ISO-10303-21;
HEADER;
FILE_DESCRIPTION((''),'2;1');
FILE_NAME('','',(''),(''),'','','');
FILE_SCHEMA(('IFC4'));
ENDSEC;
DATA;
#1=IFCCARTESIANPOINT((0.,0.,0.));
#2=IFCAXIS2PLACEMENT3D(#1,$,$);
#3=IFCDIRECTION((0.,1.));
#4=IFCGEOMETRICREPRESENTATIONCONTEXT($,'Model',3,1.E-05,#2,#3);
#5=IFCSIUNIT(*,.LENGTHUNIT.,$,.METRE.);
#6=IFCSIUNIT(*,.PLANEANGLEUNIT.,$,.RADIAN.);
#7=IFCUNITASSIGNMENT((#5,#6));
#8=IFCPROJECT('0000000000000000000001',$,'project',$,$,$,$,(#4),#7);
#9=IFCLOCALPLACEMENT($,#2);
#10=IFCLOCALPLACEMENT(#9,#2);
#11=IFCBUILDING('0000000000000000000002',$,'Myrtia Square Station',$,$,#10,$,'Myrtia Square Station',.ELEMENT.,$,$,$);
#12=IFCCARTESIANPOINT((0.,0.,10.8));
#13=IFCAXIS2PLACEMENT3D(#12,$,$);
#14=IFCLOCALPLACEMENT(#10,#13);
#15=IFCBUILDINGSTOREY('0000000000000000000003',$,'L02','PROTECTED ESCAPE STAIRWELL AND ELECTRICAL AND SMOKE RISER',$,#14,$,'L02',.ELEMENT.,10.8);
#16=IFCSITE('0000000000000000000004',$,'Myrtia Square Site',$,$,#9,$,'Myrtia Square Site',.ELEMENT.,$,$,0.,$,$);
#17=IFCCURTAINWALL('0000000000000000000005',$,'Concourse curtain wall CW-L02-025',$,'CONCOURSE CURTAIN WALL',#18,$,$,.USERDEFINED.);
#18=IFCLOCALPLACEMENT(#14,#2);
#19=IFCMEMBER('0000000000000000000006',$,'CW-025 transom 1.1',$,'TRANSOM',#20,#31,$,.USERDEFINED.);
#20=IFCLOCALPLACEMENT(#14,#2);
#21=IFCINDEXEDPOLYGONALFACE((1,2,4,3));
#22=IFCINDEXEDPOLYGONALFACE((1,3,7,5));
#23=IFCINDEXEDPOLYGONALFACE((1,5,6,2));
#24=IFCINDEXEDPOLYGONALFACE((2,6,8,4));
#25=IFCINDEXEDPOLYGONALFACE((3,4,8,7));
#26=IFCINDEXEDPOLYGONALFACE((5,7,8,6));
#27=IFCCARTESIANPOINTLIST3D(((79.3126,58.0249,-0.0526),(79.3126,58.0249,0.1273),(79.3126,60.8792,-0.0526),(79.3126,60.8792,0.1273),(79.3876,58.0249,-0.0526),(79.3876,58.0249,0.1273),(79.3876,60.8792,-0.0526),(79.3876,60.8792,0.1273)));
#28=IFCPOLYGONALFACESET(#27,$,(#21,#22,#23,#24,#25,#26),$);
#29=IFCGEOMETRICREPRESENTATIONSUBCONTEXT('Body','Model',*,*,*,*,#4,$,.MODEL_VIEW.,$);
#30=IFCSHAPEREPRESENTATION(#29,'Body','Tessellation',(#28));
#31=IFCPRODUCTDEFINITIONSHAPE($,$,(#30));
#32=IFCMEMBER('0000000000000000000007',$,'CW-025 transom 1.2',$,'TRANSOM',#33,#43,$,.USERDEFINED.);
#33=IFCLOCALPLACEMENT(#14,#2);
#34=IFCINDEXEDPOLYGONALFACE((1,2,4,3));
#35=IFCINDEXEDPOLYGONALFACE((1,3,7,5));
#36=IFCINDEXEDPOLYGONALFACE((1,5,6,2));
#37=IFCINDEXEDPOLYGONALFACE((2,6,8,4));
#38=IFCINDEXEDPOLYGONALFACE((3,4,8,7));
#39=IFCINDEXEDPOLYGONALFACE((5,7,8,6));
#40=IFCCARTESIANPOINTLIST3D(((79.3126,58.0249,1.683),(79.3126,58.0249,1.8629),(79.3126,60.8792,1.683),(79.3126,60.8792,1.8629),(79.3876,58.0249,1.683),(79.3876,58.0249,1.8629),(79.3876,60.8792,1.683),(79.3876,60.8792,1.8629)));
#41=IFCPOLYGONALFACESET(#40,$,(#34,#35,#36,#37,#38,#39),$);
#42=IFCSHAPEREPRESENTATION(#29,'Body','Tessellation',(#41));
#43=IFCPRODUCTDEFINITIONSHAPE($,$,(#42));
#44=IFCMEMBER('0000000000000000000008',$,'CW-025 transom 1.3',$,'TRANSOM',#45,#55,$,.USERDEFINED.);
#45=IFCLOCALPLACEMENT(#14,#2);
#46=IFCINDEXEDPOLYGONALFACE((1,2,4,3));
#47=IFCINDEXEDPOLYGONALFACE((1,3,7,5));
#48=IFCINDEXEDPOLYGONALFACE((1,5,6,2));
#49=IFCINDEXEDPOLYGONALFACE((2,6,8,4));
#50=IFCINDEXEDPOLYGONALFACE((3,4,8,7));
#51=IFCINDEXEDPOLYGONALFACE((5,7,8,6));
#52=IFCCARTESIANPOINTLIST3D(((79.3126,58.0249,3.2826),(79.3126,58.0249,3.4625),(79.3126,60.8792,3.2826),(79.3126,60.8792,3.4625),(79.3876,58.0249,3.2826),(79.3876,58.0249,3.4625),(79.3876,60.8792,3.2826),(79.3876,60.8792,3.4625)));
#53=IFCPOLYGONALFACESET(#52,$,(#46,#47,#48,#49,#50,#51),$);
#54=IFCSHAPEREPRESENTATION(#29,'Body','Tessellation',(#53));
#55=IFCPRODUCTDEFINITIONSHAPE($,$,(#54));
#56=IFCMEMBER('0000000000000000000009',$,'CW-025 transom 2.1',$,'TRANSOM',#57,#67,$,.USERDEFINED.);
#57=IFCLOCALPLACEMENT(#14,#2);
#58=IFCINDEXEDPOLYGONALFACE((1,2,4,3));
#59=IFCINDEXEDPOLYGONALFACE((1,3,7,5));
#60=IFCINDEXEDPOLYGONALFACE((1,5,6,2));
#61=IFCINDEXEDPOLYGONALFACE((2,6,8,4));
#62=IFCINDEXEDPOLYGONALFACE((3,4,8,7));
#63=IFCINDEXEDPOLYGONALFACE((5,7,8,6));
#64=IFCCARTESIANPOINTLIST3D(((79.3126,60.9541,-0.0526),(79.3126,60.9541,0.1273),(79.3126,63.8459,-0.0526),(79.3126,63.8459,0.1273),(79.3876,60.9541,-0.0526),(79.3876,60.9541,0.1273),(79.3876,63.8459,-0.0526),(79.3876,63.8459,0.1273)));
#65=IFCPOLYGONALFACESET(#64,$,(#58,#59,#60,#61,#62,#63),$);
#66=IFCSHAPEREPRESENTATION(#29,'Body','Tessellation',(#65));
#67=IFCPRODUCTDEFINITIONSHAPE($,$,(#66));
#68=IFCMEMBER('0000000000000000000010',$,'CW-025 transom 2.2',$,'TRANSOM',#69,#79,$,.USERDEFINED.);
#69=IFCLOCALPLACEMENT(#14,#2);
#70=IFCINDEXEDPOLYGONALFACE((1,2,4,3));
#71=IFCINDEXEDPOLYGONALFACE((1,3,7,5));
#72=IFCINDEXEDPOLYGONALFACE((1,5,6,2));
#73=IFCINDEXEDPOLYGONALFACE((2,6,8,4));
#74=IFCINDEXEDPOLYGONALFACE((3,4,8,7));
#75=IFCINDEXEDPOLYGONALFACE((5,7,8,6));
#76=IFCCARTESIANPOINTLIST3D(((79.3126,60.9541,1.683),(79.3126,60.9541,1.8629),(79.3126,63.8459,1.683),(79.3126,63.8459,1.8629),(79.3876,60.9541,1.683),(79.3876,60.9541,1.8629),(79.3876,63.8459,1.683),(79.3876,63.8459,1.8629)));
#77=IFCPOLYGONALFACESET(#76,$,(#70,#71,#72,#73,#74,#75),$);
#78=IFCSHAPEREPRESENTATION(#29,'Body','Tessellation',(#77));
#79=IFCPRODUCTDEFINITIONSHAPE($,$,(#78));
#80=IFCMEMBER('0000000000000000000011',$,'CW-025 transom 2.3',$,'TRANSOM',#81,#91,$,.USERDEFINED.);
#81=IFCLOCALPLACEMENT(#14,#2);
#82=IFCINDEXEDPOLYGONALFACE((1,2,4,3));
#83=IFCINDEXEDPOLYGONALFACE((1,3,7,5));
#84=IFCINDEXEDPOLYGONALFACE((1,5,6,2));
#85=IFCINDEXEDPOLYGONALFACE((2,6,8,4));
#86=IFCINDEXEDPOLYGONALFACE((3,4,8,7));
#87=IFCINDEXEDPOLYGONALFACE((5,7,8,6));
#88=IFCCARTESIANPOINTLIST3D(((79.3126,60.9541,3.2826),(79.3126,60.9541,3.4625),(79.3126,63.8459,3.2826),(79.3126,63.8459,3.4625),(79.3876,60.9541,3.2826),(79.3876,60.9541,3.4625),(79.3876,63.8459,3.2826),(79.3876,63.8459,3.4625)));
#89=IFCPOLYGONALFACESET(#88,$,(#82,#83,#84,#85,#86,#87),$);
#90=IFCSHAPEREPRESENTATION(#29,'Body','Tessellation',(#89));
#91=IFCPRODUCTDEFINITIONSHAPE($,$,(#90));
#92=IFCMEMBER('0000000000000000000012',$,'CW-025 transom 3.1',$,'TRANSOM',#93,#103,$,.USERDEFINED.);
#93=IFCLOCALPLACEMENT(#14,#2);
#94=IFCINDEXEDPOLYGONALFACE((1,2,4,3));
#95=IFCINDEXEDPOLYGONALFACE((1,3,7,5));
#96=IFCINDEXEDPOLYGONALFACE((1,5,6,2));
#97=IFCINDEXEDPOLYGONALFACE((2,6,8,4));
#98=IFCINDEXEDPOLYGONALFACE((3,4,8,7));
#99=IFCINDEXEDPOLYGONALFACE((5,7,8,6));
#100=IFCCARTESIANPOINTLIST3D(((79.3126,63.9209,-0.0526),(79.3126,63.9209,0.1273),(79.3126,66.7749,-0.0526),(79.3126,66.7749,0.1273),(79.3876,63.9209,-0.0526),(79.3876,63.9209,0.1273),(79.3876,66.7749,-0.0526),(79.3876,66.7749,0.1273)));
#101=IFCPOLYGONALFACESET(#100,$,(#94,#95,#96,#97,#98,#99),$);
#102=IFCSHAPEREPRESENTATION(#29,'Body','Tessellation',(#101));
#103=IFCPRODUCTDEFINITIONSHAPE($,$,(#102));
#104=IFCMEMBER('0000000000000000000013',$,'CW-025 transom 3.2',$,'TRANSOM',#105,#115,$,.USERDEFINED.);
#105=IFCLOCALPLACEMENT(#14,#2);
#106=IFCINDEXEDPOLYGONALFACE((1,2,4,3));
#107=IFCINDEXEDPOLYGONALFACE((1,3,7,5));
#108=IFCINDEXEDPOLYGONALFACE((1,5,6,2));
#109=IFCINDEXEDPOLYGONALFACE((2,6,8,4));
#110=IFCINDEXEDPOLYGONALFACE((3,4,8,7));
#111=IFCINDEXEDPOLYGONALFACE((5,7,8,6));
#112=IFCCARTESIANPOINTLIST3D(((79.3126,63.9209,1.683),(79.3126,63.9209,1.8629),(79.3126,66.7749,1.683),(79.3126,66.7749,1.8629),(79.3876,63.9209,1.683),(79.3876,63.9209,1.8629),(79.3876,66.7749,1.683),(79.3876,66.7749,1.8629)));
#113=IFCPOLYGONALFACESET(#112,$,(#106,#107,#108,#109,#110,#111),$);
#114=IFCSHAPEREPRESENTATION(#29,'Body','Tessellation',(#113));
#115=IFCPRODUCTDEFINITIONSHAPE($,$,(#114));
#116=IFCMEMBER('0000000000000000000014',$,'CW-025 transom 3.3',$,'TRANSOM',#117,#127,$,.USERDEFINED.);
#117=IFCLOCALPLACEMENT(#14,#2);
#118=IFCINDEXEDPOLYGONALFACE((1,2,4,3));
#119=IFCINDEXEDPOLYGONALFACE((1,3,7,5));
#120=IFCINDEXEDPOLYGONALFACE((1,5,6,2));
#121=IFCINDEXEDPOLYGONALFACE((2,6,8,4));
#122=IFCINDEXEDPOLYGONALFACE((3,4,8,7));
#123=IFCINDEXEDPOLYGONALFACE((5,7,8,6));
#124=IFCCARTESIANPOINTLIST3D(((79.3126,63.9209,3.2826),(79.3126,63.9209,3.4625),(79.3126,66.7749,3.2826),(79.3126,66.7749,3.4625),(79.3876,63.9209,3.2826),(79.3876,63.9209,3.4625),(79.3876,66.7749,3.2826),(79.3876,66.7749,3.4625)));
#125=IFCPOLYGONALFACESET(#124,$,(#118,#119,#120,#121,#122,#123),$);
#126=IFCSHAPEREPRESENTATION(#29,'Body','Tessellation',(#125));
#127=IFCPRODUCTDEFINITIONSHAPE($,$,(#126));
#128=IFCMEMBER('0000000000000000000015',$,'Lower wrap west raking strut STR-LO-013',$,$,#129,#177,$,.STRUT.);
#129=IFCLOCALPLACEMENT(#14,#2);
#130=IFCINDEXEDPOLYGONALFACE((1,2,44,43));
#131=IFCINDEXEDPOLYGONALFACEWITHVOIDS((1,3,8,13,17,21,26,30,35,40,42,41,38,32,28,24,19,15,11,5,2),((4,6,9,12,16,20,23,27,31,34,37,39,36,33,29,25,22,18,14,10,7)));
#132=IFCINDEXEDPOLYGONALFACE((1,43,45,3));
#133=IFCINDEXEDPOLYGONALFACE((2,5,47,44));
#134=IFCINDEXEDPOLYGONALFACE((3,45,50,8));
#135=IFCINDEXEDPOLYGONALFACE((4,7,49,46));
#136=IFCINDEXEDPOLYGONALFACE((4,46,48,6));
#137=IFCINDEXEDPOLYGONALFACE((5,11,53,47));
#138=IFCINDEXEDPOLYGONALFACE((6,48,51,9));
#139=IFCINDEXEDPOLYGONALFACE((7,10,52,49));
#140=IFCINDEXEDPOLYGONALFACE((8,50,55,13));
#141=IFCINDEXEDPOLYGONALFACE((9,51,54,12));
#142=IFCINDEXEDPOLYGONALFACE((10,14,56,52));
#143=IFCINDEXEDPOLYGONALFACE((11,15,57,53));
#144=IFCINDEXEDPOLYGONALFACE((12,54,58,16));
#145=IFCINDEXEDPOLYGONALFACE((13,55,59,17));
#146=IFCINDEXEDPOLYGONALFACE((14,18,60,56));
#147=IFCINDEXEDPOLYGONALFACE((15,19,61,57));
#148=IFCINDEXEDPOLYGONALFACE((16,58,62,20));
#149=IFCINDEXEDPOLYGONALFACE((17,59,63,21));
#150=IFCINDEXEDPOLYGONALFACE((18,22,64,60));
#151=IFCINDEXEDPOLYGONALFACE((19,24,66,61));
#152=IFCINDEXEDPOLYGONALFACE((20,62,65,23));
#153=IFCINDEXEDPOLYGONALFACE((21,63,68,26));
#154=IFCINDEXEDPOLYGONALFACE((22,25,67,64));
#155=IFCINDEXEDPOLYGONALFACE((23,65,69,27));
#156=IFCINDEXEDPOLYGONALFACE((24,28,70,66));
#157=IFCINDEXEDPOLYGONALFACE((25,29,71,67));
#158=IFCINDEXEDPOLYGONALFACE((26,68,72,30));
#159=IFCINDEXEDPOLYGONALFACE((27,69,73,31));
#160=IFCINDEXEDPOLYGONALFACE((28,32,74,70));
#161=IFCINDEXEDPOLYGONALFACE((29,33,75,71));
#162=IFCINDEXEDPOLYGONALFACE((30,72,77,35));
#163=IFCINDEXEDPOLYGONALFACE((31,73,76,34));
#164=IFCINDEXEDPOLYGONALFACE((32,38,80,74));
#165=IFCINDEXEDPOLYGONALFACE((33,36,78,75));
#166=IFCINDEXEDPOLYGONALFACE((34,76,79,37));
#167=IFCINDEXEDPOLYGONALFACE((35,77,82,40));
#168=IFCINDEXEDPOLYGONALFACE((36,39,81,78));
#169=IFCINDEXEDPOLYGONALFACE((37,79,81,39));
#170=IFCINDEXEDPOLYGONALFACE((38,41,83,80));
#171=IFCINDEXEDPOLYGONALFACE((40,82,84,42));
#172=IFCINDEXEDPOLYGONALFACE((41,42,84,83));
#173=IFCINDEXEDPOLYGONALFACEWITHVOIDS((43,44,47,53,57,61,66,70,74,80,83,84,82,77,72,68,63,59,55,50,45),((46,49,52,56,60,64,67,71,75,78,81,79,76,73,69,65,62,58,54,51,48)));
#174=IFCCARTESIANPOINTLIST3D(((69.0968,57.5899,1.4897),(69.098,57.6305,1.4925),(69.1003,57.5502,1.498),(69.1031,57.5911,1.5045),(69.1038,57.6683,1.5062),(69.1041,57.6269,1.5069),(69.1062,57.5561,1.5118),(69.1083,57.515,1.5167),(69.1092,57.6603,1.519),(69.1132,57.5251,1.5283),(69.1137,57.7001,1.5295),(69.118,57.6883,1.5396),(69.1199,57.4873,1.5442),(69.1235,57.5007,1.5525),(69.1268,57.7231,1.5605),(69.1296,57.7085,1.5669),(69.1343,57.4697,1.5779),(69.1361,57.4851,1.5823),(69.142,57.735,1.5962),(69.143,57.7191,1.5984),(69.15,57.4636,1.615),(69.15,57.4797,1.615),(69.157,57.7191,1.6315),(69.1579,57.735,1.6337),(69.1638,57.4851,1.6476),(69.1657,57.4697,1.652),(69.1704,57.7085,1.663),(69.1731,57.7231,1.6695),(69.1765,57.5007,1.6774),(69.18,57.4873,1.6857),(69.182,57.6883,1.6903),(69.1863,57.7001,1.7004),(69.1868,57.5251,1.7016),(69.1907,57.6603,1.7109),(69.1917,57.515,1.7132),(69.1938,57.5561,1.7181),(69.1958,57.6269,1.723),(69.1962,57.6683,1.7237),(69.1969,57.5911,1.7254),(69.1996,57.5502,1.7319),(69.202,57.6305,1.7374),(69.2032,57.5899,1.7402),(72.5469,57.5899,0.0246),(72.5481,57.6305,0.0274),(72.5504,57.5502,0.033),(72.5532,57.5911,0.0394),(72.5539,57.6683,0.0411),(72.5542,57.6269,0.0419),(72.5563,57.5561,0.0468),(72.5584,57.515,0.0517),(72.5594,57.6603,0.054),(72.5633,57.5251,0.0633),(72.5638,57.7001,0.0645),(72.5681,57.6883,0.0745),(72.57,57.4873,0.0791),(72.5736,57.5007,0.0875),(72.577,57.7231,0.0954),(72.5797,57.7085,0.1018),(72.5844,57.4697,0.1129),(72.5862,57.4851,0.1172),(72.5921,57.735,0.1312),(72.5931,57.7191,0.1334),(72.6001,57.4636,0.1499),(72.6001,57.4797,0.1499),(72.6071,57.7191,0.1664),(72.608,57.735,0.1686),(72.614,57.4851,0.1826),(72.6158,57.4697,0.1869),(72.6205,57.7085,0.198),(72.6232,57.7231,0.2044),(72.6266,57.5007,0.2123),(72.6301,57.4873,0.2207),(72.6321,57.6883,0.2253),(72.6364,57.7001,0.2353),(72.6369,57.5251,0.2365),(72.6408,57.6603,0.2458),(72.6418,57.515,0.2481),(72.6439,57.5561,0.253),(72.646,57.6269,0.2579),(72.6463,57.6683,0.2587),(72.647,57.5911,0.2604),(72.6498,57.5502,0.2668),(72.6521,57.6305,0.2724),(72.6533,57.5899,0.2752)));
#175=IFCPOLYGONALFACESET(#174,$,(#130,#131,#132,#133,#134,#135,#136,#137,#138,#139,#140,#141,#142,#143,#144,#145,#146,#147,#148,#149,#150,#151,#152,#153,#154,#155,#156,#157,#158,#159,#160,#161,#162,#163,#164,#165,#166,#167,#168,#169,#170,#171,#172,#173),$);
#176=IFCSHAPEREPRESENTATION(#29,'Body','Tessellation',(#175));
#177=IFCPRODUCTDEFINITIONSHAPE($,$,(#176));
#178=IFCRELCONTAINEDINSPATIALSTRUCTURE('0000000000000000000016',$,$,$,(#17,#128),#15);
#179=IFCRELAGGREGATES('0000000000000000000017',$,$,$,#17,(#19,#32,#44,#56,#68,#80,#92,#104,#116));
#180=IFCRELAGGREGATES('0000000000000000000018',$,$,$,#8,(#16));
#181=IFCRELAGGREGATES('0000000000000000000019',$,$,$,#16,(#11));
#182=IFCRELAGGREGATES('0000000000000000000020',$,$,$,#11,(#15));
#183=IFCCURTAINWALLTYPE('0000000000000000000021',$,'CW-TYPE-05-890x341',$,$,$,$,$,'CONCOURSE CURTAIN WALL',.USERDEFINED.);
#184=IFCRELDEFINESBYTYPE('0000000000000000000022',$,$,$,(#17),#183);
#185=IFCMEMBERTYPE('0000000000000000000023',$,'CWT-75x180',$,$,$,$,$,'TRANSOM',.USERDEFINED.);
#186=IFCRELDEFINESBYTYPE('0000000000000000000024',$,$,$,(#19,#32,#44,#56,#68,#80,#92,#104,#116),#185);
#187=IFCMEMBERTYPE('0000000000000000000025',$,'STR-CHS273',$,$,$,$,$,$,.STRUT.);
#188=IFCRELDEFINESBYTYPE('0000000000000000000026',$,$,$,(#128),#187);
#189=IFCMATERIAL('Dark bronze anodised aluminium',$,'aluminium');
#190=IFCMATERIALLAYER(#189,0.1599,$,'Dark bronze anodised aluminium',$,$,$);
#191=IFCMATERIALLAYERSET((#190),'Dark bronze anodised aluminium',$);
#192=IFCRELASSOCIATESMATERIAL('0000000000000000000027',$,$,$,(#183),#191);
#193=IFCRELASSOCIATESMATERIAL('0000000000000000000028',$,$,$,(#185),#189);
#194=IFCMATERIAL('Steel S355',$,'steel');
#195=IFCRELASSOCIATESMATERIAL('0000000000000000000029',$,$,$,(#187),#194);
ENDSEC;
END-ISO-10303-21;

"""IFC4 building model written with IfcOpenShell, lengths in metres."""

from ifc_helpers import new_model, si_unit, direction, frame, origin, origin_2d, place, context, subcontext, project, spatial, rectangle, hollow_circle, extrude, material, layer, layer_set, material_profile, profile_set, type_object, element, aggregate, save


model = new_model("IFC4")

# Units and contexts
model_context = context("Model", 3, precision=1e-05, world=origin(), true_north=direction((0.0, 1.0)))
body_context = subcontext(model_context, "Body", "Model", "MODEL_VIEW")
ifc_project = project(units=[si_unit("LENGTHUNIT", "METRE"), si_unit("PLANEANGLEUNIT", "RADIAN")], contexts=[model_context])

# Site, building, storey
site_placement = place(None, origin())
site = spatial("IfcSite", under=ifc_project, at=site_placement, Name="Myrtia Square Site", LongName="Myrtia Square Site", CompositionType="ELEMENT", RefElevation=0.0)
building_placement = place(site_placement, origin())
building = spatial("IfcBuilding", under=site, at=building_placement, Name="Myrtia Square Station", LongName="Myrtia Square Station", CompositionType="ELEMENT")
storey_placement = place(building_placement, frame((0.0, 0.0, 10.8)))
storey = spatial("IfcBuildingStorey", under=building, at=storey_placement, Name="L02", Description="PROTECTED ESCAPE STAIRWELL AND ELECTRICAL AND SMOKE RISER", LongName="L02", CompositionType="ELEMENT", Elevation=10.8)

# Shared definitions
ifc_material_1 = material(Name="Steel S355", Category="steel")

# Curtain wall, members
ifc_material_2 = material(Name="Dark bronze anodised aluminium", Category="aluminium")
ifc_layer_1 = layer(ifc_material_2, 0.1599, Name="Dark bronze anodised aluminium")
ifc_layer_set_1 = layer_set([ifc_layer_1], Name="Dark bronze anodised aluminium")
curtain_wall_type = type_object("IfcCurtainWallType", Name="CW-TYPE-05-890x341", ElementType="CONCOURSE CURTAIN WALL", PredefinedType="USERDEFINED", material=ifc_layer_set_1)
curtain_wall_placement = place(storey_placement, origin())
curtain_wall = element("IfcCurtainWall", 1, at=curtain_wall_placement, inside=storey, type_object=curtain_wall_type, Name="Concourse curtain wall CW-L02-025", ObjectType="CONCOURSE CURTAIN WALL", PredefinedType="USERDEFINED")
ifc_material_profile_1 = material_profile(ifc_material_2, rectangle(XDim=0.075, YDim=0.1799, at=origin_2d()), Name="ALU-T 75x180")
ifc_profile_set_1 = profile_set([ifc_material_profile_1], Name="Dark bronze anodised aluminium")
member_type_1 = type_object("IfcMemberType", Name="CWT-75x180", ElementType="TRANSOM", PredefinedType="USERDEFINED", material=ifc_profile_set_1)
member_1_placement = place(storey_placement, frame((79.3501, 58.0249, 0.0374), z_axis=(0.0, 1.0, 0.0), x_axis=(-1.0, 0.0, 0.0)))
member_1 = element("IfcMember", 2, at=member_1_placement, type_object=member_type_1, Name="CW-025 transom 1.1", ObjectType="TRANSOM", PredefinedType="USERDEFINED", context=body_context, shape_type="SweptSolid", body=[
    extrude(rectangle(XDim=0.075, YDim=0.1799, at=origin_2d()), origin(), (0.0, 0.0, 1.0), 2.8542),
])
member_2_placement = place(storey_placement, frame((79.3501, 58.0249, 1.7729), z_axis=(0.0, 1.0, 0.0), x_axis=(-1.0, 0.0, 0.0)))
member_2 = element("IfcMember", 3, at=member_2_placement, type_object=member_type_1, Name="CW-025 transom 1.2", ObjectType="TRANSOM", PredefinedType="USERDEFINED", context=body_context, shape_type="SweptSolid", body=[
    extrude(rectangle(XDim=0.075, YDim=0.1799, at=origin_2d()), origin(), (0.0, 0.0, 1.0), 2.8542),
])
member_3_placement = place(storey_placement, frame((79.3501, 58.0249, 3.3726), z_axis=(0.0, 1.0, 0.0), x_axis=(-1.0, 0.0, 0.0)))
member_3 = element("IfcMember", 4, at=member_3_placement, type_object=member_type_1, Name="CW-025 transom 1.3", ObjectType="TRANSOM", PredefinedType="USERDEFINED", context=body_context, shape_type="SweptSolid", body=[
    extrude(rectangle(XDim=0.075, YDim=0.1799, at=origin_2d()), origin(), (0.0, 0.0, 1.0), 2.8542),
])
member_4_placement = place(storey_placement, frame((79.3501, 60.9541, 0.0374), z_axis=(0.0, 1.0, 0.0), x_axis=(-1.0, 0.0, 0.0)))
member_4 = element("IfcMember", 5, at=member_4_placement, type_object=member_type_1, Name="CW-025 transom 2.1", ObjectType="TRANSOM", PredefinedType="USERDEFINED", context=body_context, shape_type="SweptSolid", body=[
    extrude(rectangle(XDim=0.075, YDim=0.1799, at=origin_2d()), origin(), (0.0, 0.0, 1.0), 2.8918),
])
member_5_placement = place(storey_placement, frame((79.3501, 60.9541, 1.7729), z_axis=(0.0, 1.0, 0.0), x_axis=(-1.0, 0.0, 0.0)))
member_5 = element("IfcMember", 6, at=member_5_placement, type_object=member_type_1, Name="CW-025 transom 2.2", ObjectType="TRANSOM", PredefinedType="USERDEFINED", context=body_context, shape_type="SweptSolid", body=[
    extrude(rectangle(XDim=0.075, YDim=0.1799, at=origin_2d()), origin(), (0.0, 0.0, 1.0), 2.8918),
])
member_6_placement = place(storey_placement, frame((79.3501, 60.9541, 3.3726), z_axis=(0.0, 1.0, 0.0), x_axis=(-1.0, 0.0, 0.0)))
member_6 = element("IfcMember", 7, at=member_6_placement, type_object=member_type_1, Name="CW-025 transom 2.3", ObjectType="TRANSOM", PredefinedType="USERDEFINED", context=body_context, shape_type="SweptSolid", body=[
    extrude(rectangle(XDim=0.075, YDim=0.1799, at=origin_2d()), origin(), (0.0, 0.0, 1.0), 2.8918),
])
member_7_placement = place(storey_placement, frame((79.3501, 63.9209, 0.0374), z_axis=(0.0, 1.0, 0.0), x_axis=(-1.0, 0.0, 0.0)))
member_7 = element("IfcMember", 8, at=member_7_placement, type_object=member_type_1, Name="CW-025 transom 3.1", ObjectType="TRANSOM", PredefinedType="USERDEFINED", context=body_context, shape_type="SweptSolid", body=[
    extrude(rectangle(XDim=0.075, YDim=0.1799, at=origin_2d()), origin(), (0.0, 0.0, 1.0), 2.854),
])
member_8_placement = place(storey_placement, frame((79.3501, 63.9209, 1.7729), z_axis=(0.0, 1.0, 0.0), x_axis=(-1.0, 0.0, 0.0)))
member_8 = element("IfcMember", 9, at=member_8_placement, type_object=member_type_1, Name="CW-025 transom 3.2", ObjectType="TRANSOM", PredefinedType="USERDEFINED", context=body_context, shape_type="SweptSolid", body=[
    extrude(rectangle(XDim=0.075, YDim=0.1799, at=origin_2d()), origin(), (0.0, 0.0, 1.0), 2.854),
])
member_9_placement = place(storey_placement, frame((79.3501, 63.9209, 3.3726), z_axis=(0.0, 1.0, 0.0), x_axis=(-1.0, 0.0, 0.0)))
member_9 = element("IfcMember", 10, at=member_9_placement, type_object=member_type_1, Name="CW-025 transom 3.3", ObjectType="TRANSOM", PredefinedType="USERDEFINED", context=body_context, shape_type="SweptSolid", body=[
    extrude(rectangle(XDim=0.075, YDim=0.1799, at=origin_2d()), origin(), (0.0, 0.0, 1.0), 2.854),
])

# Member
ifc_material_profile_2 = material_profile(ifc_material_1, hollow_circle(Radius=0.1365, WallThickness=0.0161, at=origin_2d()), Name="CHS 273x16")
ifc_profile_set_2 = profile_set([ifc_material_profile_2], Name="Steel S355")
member_type_2 = type_object("IfcMemberType", Name="STR-CHS273", PredefinedType="STRUT", material=ifc_profile_set_2)
for number, where, z_axis, x_axis, name in (
    (11, (72.6001, 57.6001, 0.1499), (-0.92045, 0.0, 0.390859), (0.0, -1.0, 0.0), "Lower wrap west raking strut STR-LO-013"),
):
    element("IfcMember", number, at=place(storey_placement, frame(where, z_axis=z_axis, x_axis=x_axis)), inside=storey, type_object=member_type_2, Name=name, PredefinedType="STRUT", context=body_context, shape_type="SweptSolid", body=[
        extrude(hollow_circle(Radius=0.1365, WallThickness=0.0161, at=origin_2d()), origin(), (0.0, 0.0, 1.0), 3.7483),
    ])

aggregate(curtain_wall, [member_1, member_2, member_3, member_4, member_5, member_6, member_7, member_8, member_9])

save(model, "model.ifc")
